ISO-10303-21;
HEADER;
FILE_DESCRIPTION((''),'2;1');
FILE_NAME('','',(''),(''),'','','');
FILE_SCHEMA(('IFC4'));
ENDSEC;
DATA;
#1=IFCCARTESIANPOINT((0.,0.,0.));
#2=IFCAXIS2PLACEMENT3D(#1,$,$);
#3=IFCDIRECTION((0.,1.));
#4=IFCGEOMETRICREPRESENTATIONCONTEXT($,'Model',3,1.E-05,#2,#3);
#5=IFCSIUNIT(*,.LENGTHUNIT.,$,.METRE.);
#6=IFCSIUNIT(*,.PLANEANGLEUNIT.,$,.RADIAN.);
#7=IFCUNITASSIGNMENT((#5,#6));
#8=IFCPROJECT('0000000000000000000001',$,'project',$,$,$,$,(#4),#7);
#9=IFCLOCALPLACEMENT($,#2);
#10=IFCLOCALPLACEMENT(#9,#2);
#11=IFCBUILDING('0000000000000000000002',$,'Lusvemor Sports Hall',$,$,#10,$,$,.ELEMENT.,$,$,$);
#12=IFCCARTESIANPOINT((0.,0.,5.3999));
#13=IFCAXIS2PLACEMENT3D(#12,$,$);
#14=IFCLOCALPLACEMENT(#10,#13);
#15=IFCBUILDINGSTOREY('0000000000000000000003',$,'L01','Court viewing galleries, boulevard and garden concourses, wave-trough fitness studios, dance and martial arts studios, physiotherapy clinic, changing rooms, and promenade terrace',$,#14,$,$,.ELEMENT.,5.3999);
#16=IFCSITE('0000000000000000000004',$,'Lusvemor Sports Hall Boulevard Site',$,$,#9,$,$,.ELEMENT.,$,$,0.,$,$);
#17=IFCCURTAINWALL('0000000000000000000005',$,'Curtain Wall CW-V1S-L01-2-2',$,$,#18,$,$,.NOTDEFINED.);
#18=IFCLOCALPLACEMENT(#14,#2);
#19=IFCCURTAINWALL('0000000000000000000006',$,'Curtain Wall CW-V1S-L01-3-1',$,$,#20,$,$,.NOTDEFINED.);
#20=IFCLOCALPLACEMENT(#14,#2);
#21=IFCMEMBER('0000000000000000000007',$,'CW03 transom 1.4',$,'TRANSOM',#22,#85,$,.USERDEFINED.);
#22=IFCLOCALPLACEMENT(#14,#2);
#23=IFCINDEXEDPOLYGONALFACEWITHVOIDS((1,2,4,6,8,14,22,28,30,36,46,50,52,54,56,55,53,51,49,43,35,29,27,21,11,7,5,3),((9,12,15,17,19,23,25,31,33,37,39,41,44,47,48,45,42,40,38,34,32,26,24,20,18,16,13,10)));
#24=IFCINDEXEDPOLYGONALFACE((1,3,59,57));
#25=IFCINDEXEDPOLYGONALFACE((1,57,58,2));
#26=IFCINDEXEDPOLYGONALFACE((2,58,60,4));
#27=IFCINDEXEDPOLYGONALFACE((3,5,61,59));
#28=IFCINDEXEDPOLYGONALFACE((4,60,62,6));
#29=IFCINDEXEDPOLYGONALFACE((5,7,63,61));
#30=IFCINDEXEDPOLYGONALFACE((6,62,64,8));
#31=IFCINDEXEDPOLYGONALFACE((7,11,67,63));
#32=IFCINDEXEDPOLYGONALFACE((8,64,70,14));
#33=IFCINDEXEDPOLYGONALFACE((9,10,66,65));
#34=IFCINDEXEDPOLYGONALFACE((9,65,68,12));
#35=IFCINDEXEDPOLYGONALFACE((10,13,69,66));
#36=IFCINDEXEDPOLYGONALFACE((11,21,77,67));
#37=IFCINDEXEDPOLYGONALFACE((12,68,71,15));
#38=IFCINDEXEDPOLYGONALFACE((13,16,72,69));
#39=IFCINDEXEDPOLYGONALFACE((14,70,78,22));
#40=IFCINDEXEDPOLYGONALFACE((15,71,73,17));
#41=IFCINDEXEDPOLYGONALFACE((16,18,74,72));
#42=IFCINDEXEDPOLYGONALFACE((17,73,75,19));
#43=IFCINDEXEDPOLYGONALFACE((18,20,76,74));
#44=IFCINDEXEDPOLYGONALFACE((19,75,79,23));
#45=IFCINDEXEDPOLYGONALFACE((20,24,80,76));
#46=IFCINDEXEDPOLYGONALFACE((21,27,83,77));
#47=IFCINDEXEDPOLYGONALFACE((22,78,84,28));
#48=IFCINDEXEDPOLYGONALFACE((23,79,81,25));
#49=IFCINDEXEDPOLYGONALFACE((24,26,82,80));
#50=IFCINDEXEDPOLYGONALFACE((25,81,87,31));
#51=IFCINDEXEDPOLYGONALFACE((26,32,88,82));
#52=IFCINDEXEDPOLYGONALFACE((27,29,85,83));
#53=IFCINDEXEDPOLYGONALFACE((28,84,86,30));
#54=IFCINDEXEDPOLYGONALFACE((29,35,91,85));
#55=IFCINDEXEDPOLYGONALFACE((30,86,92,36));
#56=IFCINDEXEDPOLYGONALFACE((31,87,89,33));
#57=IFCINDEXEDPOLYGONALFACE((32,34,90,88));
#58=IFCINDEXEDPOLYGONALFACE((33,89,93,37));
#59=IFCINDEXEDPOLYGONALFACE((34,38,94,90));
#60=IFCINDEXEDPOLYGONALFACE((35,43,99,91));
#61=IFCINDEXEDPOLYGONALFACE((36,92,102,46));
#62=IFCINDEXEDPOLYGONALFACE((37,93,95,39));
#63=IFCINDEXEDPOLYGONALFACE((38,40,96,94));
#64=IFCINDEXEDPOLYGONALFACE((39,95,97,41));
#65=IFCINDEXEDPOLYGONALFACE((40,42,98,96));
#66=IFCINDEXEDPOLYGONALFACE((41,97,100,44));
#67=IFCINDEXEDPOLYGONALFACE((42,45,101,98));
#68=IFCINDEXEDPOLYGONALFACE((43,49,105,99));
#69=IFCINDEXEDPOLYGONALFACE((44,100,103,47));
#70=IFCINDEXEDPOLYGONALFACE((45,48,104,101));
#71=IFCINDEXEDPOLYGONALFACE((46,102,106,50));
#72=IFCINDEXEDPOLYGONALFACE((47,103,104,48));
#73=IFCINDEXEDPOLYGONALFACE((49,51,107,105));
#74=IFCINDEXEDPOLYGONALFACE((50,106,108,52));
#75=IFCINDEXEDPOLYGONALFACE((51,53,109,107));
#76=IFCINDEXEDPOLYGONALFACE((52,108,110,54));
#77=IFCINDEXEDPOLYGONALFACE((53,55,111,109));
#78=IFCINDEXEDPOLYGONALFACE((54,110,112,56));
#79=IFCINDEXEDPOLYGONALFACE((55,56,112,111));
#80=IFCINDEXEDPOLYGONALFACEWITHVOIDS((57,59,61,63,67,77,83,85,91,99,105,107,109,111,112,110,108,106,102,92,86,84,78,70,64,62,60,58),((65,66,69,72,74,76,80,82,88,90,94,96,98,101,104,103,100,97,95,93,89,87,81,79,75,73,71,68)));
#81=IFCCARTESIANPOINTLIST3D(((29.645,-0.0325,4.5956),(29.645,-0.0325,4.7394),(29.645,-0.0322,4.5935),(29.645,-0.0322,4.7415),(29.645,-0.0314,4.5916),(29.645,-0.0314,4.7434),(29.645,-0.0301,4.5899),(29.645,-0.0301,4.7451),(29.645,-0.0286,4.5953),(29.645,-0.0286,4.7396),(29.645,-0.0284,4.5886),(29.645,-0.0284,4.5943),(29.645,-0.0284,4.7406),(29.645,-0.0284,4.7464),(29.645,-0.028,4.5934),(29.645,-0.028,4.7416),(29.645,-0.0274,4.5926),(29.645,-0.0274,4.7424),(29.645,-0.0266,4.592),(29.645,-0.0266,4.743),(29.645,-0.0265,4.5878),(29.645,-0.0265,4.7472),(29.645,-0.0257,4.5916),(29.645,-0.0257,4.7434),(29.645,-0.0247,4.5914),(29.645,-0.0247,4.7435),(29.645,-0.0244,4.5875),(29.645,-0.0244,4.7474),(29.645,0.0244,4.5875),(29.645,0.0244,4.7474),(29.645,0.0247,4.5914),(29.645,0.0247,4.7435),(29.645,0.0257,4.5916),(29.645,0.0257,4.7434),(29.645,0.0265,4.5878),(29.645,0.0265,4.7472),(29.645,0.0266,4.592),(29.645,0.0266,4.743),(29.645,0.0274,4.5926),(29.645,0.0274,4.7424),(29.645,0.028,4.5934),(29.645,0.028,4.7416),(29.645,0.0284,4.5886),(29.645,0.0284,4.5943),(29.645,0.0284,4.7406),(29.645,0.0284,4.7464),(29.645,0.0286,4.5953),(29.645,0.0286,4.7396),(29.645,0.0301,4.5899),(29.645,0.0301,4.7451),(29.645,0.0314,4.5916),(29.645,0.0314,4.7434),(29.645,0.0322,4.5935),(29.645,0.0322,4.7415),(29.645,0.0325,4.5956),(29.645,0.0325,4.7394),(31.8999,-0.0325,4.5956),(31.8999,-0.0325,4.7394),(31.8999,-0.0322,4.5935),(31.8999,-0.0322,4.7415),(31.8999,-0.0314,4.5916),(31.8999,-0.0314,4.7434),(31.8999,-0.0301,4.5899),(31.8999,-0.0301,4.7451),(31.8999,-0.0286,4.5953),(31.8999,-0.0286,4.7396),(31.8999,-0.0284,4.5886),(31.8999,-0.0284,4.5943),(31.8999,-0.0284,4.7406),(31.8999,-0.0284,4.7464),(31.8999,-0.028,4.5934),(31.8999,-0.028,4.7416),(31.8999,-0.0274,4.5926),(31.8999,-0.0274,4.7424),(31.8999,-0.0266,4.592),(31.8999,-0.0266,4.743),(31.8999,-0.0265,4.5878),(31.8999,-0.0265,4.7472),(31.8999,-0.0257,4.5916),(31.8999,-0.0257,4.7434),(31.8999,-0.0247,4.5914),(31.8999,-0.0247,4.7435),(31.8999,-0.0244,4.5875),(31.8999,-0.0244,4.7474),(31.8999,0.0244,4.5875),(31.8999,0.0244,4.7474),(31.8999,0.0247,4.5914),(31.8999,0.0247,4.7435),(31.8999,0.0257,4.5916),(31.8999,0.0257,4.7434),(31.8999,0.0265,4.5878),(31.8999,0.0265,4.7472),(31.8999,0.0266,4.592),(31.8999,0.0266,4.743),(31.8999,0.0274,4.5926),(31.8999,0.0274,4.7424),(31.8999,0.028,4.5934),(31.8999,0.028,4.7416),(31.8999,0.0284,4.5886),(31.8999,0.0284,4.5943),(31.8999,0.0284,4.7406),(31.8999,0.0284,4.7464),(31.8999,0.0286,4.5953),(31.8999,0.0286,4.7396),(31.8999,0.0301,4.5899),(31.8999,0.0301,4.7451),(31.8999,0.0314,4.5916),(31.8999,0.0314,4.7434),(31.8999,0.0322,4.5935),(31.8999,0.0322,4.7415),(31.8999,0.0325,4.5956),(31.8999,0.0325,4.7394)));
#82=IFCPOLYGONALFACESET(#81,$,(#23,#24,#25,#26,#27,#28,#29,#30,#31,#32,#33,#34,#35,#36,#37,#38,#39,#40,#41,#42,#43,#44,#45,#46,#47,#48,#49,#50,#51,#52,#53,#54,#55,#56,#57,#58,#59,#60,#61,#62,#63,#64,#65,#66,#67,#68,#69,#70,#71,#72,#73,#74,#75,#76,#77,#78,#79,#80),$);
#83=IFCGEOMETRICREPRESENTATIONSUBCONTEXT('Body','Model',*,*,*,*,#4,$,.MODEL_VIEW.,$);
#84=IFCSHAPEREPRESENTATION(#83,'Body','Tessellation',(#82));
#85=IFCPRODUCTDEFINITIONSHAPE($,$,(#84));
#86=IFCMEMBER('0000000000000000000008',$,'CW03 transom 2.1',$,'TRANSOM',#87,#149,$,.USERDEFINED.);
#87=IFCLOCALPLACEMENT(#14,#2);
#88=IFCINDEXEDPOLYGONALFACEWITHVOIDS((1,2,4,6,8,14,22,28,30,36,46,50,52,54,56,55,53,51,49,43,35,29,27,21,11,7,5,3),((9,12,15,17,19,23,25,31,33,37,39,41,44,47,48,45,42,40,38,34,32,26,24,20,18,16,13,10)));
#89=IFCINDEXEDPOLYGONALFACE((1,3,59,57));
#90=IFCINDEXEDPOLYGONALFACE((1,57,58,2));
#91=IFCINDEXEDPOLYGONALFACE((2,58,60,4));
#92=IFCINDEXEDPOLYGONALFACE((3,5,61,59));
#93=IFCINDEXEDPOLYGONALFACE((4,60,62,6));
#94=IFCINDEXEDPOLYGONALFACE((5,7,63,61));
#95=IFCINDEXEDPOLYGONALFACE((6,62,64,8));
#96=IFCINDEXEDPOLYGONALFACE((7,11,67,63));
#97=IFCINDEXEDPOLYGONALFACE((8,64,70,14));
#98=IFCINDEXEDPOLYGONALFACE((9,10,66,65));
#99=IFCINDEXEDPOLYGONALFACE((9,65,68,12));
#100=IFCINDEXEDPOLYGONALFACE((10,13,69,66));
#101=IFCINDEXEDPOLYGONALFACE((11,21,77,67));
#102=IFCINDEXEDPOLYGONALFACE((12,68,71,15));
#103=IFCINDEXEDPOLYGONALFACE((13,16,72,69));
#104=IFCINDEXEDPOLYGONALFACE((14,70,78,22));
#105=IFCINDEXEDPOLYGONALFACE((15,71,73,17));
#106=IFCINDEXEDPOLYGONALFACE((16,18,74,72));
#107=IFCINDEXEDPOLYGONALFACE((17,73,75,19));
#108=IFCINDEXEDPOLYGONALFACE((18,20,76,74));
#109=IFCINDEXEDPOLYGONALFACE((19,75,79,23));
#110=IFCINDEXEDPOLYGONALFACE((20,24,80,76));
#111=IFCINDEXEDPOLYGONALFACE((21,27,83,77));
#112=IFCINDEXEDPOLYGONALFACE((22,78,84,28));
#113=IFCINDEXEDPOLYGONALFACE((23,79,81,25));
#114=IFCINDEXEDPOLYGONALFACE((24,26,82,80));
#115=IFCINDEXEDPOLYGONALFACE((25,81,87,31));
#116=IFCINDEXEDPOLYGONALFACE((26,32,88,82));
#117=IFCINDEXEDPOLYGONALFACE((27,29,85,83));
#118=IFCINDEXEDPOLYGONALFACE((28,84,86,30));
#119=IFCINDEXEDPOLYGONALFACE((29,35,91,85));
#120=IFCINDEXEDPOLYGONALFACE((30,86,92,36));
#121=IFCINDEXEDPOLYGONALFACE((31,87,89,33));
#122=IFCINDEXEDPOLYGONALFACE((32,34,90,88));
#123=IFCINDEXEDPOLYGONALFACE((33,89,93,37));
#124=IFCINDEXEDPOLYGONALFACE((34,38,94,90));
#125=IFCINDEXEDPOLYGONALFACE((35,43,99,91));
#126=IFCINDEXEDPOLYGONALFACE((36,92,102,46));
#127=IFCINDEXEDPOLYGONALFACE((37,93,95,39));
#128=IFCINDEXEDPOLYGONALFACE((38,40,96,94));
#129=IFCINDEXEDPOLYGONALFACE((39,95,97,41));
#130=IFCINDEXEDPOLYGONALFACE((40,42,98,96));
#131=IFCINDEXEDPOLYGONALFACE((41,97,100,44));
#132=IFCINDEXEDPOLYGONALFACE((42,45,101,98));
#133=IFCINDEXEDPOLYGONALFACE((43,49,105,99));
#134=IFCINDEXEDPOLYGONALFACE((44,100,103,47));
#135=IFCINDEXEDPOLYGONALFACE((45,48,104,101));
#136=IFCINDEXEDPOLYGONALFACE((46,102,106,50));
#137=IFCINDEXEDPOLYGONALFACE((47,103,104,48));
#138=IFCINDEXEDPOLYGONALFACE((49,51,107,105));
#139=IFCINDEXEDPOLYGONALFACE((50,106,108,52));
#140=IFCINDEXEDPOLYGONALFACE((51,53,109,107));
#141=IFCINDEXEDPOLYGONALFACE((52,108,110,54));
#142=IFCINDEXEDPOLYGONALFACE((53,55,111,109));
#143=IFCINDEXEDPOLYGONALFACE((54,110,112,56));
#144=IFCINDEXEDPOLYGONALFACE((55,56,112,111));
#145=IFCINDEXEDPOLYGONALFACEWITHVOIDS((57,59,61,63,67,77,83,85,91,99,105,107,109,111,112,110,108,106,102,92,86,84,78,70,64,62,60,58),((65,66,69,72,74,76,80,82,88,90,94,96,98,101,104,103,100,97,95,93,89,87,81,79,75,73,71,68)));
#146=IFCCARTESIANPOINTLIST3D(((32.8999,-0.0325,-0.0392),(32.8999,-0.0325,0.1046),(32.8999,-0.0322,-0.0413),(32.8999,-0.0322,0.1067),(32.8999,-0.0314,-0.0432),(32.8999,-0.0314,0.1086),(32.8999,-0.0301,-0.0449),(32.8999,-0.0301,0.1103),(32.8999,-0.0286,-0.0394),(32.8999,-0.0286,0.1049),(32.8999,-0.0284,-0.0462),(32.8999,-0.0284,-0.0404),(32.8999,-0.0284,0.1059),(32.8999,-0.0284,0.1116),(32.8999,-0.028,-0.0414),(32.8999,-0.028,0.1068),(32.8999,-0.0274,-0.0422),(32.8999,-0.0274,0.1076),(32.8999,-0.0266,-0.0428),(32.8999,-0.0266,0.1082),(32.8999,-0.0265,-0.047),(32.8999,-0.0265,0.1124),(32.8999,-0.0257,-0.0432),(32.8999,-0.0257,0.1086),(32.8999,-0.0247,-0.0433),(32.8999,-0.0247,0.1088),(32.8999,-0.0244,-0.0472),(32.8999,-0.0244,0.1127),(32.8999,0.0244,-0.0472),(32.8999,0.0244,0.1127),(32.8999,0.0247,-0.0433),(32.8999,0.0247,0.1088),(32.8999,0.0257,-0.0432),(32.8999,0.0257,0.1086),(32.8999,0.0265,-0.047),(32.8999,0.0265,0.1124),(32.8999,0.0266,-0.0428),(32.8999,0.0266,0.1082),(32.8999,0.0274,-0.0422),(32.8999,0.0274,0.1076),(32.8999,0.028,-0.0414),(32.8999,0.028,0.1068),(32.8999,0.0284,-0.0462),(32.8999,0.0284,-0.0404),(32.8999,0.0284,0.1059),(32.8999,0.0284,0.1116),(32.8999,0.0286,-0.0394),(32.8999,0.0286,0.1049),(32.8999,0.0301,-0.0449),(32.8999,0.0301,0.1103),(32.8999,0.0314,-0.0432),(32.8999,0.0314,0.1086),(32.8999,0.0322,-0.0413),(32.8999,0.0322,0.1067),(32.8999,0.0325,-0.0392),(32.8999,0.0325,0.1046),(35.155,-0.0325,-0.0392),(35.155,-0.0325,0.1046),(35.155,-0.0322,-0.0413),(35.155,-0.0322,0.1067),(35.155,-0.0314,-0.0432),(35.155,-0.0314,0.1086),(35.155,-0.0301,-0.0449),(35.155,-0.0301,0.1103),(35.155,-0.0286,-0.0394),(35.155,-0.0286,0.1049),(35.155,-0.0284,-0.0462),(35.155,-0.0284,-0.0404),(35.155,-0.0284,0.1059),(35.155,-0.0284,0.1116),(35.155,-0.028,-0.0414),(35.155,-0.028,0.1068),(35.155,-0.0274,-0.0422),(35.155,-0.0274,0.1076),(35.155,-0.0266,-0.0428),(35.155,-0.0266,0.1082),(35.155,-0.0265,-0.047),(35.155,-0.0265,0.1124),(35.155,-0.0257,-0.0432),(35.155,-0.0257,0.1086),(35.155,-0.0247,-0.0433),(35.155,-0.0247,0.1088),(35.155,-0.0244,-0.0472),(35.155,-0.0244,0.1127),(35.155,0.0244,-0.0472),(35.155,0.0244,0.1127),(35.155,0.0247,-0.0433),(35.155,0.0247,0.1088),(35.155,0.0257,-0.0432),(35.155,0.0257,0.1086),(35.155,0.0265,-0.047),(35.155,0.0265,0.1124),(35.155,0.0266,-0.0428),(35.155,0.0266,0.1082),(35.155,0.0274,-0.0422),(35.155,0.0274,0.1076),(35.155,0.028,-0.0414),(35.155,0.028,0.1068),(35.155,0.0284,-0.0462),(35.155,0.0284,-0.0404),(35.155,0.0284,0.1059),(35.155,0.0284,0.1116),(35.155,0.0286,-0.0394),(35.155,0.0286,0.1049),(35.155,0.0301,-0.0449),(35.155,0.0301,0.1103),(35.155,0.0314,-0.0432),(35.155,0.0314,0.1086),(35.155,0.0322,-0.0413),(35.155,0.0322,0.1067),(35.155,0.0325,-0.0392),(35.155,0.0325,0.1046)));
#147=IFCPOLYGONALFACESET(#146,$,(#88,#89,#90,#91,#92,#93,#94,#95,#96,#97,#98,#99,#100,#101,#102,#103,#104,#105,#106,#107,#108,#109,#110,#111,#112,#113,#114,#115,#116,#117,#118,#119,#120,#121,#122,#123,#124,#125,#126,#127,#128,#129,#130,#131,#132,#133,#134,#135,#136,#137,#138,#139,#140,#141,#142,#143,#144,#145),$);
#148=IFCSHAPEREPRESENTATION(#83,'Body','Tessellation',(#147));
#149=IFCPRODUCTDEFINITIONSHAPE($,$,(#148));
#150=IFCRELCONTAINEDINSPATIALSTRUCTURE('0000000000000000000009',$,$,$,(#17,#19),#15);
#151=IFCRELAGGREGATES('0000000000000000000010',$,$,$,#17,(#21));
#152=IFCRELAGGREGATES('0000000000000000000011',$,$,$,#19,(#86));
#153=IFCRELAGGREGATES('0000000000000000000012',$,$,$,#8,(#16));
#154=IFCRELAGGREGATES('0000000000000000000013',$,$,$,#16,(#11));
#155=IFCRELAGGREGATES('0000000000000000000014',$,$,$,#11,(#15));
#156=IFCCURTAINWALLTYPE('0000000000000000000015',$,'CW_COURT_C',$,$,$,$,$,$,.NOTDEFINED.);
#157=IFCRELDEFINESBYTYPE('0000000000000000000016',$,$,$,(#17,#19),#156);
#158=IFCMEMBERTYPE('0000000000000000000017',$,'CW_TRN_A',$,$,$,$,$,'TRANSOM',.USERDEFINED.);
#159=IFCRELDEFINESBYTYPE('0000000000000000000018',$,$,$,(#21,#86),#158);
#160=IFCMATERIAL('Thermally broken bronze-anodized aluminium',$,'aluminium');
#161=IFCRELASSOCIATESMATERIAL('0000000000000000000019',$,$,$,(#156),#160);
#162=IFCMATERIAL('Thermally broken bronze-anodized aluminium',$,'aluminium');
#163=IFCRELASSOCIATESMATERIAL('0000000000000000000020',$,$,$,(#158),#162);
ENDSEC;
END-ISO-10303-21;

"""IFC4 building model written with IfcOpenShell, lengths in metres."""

from ifc_helpers import new_model, si_unit, direction, frame, origin, origin_2d, place, context, subcontext, project, spatial, hollow_rectangle, extrude, material, material_profile, profile_set, type_object, element, aggregate, save


model = new_model("IFC4")

# Units and contexts
model_context = context("Model", 3, precision=1e-05, world=origin(), true_north=direction((0.0, 1.0)))
body_context = subcontext(model_context, "Body", "Model", "MODEL_VIEW")
ifc_project = project(units=[si_unit("LENGTHUNIT", "METRE"), si_unit("PLANEANGLEUNIT", "RADIAN")], contexts=[model_context])

# Site, building, storey
site_placement = place(None, origin())
site = spatial("IfcSite", under=ifc_project, at=site_placement, Name="Lusvemor Sports Hall Boulevard Site", CompositionType="ELEMENT", RefElevation=0.0)
building_placement = place(site_placement, origin())
building = spatial("IfcBuilding", under=site, at=building_placement, Name="Lusvemor Sports Hall", CompositionType="ELEMENT")
storey_placement = place(building_placement, frame((0.0, 0.0, 5.3999)))
storey = spatial("IfcBuildingStorey", under=building, at=storey_placement, Name="L01", Description="Court viewing galleries, boulevard and garden concourses, wave-trough fitness studios, dance and martial arts studios, physiotherapy clinic, changing rooms, and promenade terrace", CompositionType="ELEMENT", Elevation=5.3999)

# Curtain wall
ifc_material_1 = material(Name="Thermally broken bronze-anodized aluminium", Category="aluminium")
curtain_wall_type = type_object("IfcCurtainWallType", Name="CW_COURT_C", PredefinedType="NOTDEFINED", material=ifc_material_1)
curtain_wall_1_placement = place(storey_placement, origin())
curtain_wall_1 = element("IfcCurtainWall", 1, at=curtain_wall_1_placement, inside=storey, type_object=curtain_wall_type, Name="Curtain Wall CW-V1S-L01-2-2", PredefinedType="NOTDEFINED")

# Curtain wall
curtain_wall_2_placement = place(storey_placement, origin())
curtain_wall_2 = element("IfcCurtainWall", 2, at=curtain_wall_2_placement, inside=storey, type_object=curtain_wall_type, Name="Curtain Wall CW-V1S-L01-3-1", PredefinedType="NOTDEFINED")

# Members
ifc_material_2 = material(Name="Thermally broken bronze-anodized aluminium", Category="aluminium")
ifc_material_profile_1 = material_profile(ifc_material_2, hollow_rectangle(XDim=0.0649, YDim=0.1599, WallThickness=0.0039, InnerFilletRadius=0.0039, OuterFilletRadius=0.0081, at=origin_2d()), Name="CWTRN160x65x4")
ifc_profile_set_1 = profile_set([ifc_material_profile_1], Name="Thermally broken bronze-anodized aluminium")
member_type_1 = type_object("IfcMemberType", Name="CW_TRN_A", ElementType="TRANSOM", PredefinedType="USERDEFINED", material=ifc_profile_set_1)
member_1_placement = place(storey_placement, frame((31.8999, 0.0, 4.6675), z_axis=(-1.0, 0.0, 0.0), x_axis=(0.0, -1.0, 0.0)))
member_1 = element("IfcMember", 3, at=member_1_placement, type_object=member_type_1, Name="CW03 transom 1.4", ObjectType="TRANSOM", PredefinedType="USERDEFINED", context=body_context, shape_type="SweptSolid", body=[
    extrude(hollow_rectangle(XDim=0.0649, YDim=0.1599, WallThickness=0.0039, InnerFilletRadius=0.0039, OuterFilletRadius=0.0081, at=origin_2d()), origin(), (0.0, 0.0, 1.0), 2.2549),
])
member_2_placement = place(storey_placement, frame((35.155, 0.0, 0.0327), z_axis=(-1.0, 0.0, 0.0), x_axis=(0.0, -1.0, 0.0)))
member_2 = element("IfcMember", 4, at=member_2_placement, type_object=member_type_1, Name="CW03 transom 2.1", ObjectType="TRANSOM", PredefinedType="USERDEFINED", context=body_context, shape_type="SweptSolid", body=[
    extrude(hollow_rectangle(XDim=0.0649, YDim=0.1599, WallThickness=0.0039, InnerFilletRadius=0.0039, OuterFilletRadius=0.0081, at=origin_2d()), origin(), (0.0, 0.0, 1.0), 2.2551),
])

aggregate(curtain_wall_1, [member_1])
aggregate(curtain_wall_2, [member_2])

save(model, "model.ifc")
